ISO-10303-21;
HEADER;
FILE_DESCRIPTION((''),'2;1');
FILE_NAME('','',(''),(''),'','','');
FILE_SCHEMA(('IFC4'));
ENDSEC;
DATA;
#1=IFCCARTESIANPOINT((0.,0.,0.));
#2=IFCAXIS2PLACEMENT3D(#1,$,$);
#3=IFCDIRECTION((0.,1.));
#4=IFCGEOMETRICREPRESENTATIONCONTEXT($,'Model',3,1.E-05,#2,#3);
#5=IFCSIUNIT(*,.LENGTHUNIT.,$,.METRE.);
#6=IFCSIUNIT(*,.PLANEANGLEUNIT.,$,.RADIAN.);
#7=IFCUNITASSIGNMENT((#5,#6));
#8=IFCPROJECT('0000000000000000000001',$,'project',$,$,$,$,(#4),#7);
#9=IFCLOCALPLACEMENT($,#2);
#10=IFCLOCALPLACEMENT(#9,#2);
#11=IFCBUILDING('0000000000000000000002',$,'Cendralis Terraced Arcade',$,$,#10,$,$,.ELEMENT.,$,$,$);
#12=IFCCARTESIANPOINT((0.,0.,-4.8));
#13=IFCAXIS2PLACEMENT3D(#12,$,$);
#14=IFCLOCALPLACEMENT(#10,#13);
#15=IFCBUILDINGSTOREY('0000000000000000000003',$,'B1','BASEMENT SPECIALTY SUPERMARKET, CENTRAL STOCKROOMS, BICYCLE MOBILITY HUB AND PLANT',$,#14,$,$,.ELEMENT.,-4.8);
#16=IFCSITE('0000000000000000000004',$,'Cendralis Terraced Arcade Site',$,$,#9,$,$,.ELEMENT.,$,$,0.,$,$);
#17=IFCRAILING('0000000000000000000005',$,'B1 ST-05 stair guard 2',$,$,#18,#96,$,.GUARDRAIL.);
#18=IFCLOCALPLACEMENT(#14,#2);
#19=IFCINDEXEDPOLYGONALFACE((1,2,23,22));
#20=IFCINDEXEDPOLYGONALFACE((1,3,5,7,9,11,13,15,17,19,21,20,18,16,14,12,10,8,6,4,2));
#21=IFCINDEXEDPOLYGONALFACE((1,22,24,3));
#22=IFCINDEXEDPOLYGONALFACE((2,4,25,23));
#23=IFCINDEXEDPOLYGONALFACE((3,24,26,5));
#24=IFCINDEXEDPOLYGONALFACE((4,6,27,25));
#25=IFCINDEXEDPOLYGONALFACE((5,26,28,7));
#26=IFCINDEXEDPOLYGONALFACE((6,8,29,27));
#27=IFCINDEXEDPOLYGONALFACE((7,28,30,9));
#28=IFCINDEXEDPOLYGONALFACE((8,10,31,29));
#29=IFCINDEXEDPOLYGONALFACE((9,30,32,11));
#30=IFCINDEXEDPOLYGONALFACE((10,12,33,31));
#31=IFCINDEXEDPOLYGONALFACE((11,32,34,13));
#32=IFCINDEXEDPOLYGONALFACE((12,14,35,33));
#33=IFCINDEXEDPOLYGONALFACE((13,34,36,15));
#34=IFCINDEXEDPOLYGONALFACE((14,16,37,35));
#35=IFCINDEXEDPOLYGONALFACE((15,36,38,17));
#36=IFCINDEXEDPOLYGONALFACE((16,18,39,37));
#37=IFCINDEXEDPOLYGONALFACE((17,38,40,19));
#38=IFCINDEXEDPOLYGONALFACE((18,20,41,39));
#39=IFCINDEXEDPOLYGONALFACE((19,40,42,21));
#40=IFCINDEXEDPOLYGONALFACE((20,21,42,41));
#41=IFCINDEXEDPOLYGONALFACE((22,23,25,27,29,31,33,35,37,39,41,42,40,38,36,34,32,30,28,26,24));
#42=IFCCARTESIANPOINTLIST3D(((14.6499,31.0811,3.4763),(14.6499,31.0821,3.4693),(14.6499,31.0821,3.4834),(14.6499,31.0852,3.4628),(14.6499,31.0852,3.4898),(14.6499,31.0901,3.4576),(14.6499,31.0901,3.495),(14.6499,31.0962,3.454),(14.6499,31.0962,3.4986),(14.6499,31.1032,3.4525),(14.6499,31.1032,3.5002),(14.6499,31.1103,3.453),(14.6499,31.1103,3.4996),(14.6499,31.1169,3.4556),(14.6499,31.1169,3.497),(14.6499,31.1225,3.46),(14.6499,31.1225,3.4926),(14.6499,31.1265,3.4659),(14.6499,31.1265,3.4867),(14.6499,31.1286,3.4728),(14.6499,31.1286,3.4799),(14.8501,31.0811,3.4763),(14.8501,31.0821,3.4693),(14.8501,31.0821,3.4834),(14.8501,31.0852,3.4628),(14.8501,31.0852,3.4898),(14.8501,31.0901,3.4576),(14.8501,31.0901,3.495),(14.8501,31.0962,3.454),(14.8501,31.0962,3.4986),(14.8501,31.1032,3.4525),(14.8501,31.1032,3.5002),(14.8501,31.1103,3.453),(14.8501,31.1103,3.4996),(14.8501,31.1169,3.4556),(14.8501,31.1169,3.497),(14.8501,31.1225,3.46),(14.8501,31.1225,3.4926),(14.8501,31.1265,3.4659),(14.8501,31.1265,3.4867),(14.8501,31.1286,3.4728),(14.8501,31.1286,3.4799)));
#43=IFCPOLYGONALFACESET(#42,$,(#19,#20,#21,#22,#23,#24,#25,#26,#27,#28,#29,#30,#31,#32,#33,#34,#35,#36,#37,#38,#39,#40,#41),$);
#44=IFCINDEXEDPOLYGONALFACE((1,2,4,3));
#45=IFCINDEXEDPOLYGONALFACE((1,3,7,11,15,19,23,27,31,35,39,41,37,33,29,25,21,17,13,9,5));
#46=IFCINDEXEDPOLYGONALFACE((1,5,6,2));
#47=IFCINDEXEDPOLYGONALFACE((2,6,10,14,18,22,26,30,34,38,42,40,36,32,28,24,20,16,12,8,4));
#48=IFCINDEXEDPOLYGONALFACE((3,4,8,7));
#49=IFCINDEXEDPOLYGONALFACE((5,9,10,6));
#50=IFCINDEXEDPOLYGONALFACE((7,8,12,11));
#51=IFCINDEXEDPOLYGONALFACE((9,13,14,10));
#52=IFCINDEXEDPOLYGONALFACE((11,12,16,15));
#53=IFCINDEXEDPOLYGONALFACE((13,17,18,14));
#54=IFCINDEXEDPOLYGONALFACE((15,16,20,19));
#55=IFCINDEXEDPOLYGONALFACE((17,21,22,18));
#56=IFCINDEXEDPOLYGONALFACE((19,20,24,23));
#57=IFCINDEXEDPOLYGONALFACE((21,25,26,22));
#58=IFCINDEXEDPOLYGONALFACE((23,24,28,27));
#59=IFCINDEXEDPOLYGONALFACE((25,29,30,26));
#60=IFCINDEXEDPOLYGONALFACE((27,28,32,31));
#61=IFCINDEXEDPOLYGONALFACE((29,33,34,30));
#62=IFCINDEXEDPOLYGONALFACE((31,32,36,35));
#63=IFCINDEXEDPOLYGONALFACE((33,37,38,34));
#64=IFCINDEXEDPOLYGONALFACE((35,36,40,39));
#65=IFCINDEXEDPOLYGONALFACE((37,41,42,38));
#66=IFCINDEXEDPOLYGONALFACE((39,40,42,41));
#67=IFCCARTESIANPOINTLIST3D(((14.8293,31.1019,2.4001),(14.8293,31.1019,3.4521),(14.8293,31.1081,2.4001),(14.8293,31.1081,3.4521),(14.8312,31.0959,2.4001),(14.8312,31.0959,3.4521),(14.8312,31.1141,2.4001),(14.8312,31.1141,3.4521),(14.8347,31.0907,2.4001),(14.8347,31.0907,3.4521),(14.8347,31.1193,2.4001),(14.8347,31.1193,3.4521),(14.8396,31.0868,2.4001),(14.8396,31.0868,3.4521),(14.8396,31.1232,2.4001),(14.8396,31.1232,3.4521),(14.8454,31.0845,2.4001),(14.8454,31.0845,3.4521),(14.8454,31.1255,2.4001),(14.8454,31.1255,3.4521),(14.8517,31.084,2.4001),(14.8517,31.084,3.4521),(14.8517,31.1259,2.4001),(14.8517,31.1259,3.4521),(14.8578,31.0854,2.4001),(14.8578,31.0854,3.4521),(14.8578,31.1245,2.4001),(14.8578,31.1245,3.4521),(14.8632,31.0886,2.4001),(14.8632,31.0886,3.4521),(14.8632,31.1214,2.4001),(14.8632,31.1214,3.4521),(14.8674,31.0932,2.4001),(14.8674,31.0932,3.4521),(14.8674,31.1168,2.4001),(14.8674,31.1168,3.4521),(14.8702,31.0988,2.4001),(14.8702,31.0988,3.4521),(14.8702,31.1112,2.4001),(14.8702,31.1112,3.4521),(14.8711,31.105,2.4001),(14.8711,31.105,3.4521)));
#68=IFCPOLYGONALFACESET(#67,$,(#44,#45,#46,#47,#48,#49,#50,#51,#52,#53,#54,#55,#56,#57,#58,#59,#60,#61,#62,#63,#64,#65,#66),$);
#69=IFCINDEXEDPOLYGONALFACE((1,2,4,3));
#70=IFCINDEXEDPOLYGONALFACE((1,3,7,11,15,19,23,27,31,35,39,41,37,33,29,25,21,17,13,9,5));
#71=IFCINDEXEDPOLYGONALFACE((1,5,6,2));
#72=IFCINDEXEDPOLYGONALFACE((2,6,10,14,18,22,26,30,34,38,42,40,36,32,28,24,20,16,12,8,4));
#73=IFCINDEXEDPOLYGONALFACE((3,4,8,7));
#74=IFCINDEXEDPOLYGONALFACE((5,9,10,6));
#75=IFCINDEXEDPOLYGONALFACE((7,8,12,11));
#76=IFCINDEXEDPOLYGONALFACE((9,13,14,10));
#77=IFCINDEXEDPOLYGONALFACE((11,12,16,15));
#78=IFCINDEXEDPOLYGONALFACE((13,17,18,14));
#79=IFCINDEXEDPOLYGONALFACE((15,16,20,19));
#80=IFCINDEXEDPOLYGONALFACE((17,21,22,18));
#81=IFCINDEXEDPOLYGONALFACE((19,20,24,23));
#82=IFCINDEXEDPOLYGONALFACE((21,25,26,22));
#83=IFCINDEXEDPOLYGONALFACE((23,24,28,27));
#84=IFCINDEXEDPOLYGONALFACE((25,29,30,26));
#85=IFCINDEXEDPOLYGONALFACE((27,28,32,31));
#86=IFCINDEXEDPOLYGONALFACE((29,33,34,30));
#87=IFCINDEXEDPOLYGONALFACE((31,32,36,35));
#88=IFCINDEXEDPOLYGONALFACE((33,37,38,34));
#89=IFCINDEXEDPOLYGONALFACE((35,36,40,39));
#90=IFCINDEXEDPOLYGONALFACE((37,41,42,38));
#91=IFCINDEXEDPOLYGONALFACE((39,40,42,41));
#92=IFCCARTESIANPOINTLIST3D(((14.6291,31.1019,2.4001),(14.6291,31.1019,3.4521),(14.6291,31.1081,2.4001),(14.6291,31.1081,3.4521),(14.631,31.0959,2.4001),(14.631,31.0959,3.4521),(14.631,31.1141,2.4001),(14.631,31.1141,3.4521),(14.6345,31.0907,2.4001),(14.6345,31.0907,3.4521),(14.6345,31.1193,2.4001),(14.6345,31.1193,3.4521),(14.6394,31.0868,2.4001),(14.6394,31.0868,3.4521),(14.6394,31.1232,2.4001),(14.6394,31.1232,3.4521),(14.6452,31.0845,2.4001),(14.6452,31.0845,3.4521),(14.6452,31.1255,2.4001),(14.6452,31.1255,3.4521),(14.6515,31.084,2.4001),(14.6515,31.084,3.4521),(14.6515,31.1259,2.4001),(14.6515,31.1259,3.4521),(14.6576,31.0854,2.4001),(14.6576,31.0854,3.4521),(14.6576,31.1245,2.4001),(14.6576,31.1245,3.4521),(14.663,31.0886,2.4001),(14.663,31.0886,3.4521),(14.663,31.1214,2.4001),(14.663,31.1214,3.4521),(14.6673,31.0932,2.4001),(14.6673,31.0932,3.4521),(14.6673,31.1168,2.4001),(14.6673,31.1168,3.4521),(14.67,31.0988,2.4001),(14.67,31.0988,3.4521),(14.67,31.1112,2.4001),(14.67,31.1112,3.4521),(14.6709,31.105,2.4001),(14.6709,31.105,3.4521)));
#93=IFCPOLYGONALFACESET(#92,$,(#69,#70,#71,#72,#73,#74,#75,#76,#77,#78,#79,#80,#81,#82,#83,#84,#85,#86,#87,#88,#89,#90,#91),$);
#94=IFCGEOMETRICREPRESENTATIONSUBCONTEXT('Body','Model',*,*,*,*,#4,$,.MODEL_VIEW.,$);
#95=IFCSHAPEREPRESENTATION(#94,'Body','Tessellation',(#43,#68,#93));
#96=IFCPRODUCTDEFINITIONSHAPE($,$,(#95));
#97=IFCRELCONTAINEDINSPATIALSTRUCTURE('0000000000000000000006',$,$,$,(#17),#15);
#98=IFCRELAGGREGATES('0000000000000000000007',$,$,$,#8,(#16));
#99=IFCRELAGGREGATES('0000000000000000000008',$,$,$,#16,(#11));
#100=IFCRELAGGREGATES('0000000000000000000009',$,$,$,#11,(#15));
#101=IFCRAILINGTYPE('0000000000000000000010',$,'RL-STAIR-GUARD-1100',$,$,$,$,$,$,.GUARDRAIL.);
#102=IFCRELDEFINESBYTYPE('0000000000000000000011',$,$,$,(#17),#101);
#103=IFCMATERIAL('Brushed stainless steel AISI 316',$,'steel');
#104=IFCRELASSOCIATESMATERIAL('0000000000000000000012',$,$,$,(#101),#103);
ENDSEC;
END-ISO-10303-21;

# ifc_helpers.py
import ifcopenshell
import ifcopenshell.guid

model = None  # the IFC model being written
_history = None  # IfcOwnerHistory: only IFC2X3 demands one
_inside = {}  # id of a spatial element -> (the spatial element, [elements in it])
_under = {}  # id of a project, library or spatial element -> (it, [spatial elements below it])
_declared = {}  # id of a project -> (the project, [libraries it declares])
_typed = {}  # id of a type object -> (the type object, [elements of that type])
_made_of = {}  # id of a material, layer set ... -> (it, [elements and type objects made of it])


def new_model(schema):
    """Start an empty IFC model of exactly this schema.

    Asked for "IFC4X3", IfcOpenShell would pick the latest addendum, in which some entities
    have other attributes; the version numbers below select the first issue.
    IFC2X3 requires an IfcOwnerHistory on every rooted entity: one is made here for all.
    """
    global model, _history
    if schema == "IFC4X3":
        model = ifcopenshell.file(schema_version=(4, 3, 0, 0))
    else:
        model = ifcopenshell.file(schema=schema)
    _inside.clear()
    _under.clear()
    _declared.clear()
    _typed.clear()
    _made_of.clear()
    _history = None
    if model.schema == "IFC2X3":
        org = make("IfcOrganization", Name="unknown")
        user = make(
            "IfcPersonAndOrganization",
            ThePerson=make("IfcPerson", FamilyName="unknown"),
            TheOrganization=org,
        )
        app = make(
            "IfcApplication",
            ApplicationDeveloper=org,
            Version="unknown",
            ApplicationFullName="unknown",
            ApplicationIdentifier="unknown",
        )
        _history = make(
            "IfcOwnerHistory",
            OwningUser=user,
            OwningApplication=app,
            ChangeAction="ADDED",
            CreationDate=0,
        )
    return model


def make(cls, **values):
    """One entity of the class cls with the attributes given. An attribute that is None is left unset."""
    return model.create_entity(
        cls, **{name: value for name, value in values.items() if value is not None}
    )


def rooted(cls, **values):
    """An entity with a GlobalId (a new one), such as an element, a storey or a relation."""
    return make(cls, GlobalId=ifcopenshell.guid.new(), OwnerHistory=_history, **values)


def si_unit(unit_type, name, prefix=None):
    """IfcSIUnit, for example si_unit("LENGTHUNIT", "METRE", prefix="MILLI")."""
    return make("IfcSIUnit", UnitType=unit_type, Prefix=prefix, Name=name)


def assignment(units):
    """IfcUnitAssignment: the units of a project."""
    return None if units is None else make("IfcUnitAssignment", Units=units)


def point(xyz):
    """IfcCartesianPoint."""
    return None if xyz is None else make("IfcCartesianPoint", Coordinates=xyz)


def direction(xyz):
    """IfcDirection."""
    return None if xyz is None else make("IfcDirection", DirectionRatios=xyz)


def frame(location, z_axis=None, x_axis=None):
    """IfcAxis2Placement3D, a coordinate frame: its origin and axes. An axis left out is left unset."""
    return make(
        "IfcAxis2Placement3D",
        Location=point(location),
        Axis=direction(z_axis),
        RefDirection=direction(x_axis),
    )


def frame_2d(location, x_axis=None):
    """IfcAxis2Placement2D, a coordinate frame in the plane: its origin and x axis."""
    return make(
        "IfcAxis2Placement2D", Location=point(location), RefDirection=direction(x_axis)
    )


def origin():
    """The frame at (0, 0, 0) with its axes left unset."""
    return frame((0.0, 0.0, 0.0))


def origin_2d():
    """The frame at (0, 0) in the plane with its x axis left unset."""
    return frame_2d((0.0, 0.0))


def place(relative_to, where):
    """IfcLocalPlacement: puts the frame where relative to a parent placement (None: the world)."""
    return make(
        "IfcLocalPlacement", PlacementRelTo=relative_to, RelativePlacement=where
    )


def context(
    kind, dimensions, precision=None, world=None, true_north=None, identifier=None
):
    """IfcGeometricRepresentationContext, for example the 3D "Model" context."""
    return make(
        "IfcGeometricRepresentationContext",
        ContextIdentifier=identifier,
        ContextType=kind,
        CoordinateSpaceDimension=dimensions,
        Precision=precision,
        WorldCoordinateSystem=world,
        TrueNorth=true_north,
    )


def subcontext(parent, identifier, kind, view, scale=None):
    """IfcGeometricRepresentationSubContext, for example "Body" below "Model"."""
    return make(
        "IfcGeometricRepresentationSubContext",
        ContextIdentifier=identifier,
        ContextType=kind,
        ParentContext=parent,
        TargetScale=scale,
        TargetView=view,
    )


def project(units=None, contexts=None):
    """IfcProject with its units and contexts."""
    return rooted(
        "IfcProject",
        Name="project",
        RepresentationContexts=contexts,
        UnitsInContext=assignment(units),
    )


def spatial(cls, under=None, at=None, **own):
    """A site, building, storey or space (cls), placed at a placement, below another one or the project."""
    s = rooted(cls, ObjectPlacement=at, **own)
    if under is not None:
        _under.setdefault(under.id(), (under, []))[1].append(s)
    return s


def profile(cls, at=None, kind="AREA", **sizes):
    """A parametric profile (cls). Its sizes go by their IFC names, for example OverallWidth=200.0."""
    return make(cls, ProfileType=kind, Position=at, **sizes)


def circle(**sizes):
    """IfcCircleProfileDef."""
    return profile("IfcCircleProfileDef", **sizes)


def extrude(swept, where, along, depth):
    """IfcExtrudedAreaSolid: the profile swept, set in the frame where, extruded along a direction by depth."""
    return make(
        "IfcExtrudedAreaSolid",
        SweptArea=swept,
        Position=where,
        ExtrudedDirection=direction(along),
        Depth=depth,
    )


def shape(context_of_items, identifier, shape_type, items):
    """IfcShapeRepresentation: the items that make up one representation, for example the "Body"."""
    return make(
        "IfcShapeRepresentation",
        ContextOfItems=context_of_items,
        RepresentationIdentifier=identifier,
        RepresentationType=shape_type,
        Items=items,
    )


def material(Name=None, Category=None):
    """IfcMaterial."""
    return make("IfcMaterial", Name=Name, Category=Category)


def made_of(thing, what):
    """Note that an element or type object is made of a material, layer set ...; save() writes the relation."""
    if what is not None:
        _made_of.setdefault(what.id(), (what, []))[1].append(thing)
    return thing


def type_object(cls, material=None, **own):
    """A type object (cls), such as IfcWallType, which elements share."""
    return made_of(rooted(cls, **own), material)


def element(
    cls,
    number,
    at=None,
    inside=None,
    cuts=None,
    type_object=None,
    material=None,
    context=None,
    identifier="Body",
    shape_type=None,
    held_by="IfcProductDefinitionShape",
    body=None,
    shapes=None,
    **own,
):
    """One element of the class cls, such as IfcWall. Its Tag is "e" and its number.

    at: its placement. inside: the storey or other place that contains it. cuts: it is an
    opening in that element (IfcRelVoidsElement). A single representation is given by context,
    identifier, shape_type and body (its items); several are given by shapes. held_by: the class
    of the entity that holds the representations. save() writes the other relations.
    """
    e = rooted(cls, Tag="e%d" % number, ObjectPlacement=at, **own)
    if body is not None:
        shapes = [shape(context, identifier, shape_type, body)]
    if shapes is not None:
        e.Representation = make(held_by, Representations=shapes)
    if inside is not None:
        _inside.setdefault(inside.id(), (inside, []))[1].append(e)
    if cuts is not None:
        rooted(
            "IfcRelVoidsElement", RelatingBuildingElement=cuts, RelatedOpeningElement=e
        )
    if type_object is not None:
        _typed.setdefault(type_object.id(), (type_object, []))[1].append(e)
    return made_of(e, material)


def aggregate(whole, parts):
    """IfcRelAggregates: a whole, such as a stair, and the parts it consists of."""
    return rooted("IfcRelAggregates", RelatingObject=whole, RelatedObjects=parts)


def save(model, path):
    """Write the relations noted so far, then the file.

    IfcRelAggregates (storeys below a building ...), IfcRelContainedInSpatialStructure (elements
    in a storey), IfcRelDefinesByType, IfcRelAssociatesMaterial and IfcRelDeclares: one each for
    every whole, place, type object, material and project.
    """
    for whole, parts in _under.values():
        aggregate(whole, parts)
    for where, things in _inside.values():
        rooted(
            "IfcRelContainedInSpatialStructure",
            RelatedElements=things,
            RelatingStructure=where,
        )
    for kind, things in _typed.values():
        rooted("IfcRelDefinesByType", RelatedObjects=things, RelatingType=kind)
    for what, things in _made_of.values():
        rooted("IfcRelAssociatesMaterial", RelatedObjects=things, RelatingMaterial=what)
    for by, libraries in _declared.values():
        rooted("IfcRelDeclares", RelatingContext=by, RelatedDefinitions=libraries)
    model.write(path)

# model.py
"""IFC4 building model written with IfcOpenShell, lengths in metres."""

from ifc_helpers import new_model, si_unit, direction, frame, origin, origin_2d, place, context, subcontext, project, spatial, circle, extrude, material, type_object, element, save


model = new_model("IFC4")

# Units and contexts
model_context = context("Model", 3, precision=1e-05, world=origin(), true_north=direction((0.0, 1.0)))
body_context = subcontext(model_context, "Body", "Model", "MODEL_VIEW")
ifc_project = project(units=[si_unit("LENGTHUNIT", "METRE"), si_unit("PLANEANGLEUNIT", "RADIAN")], contexts=[model_context])

# Site, building, storey
site_placement = place(None, origin())
site = spatial("IfcSite", under=ifc_project, at=site_placement, Name="Cendralis Terraced Arcade Site", CompositionType="ELEMENT", RefElevation=0.0)
building_placement = place(site_placement, origin())
building = spatial("IfcBuilding", under=site, at=building_placement, Name="Cendralis Terraced Arcade", CompositionType="ELEMENT")
storey_placement = place(building_placement, frame((0.0, 0.0, -4.8)))
storey = spatial("IfcBuildingStorey", under=building, at=storey_placement, Name="B1", Description="BASEMENT SPECIALTY SUPERMARKET, CENTRAL STOCKROOMS, BICYCLE MOBILITY HUB AND PLANT", CompositionType="ELEMENT", Elevation=-4.8)

# Railing
ifc_material_1 = material(Name="Brushed stainless steel AISI 316", Category="steel")
railing_type_1 = type_object("IfcRailingType", Name="RL-STAIR-GUARD-1100", PredefinedType="GUARDRAIL", material=ifc_material_1)
railing_1_placement = place(storey_placement, frame((14.8501, 31.105, 2.4001)))
element("IfcRailing", 1, at=railing_1_placement, inside=storey, type_object=railing_type_1, Name="B1 ST-05 stair guard 2", PredefinedType="GUARDRAIL", context=body_context, shape_type="SweptSolid", body=[
    extrude(circle(Radius=0.0239, at=origin_2d()), frame((0.0, 0.0, 1.0762), z_axis=(-1.0, 0.0, 0.0), x_axis=(0.0, -1.0, 0.0)), (0.0, 0.0, 1.0), 0.2002),
    extrude(circle(Radius=0.021, at=origin_2d()), origin(), (0.0, 0.0, 1.0), 1.052),
    extrude(circle(Radius=0.021, at=origin_2d()), frame((-0.2002, 0.0, 0.0)), (0.0, 0.0, 1.0), 1.052),
])

save(model, "model.ifc")
